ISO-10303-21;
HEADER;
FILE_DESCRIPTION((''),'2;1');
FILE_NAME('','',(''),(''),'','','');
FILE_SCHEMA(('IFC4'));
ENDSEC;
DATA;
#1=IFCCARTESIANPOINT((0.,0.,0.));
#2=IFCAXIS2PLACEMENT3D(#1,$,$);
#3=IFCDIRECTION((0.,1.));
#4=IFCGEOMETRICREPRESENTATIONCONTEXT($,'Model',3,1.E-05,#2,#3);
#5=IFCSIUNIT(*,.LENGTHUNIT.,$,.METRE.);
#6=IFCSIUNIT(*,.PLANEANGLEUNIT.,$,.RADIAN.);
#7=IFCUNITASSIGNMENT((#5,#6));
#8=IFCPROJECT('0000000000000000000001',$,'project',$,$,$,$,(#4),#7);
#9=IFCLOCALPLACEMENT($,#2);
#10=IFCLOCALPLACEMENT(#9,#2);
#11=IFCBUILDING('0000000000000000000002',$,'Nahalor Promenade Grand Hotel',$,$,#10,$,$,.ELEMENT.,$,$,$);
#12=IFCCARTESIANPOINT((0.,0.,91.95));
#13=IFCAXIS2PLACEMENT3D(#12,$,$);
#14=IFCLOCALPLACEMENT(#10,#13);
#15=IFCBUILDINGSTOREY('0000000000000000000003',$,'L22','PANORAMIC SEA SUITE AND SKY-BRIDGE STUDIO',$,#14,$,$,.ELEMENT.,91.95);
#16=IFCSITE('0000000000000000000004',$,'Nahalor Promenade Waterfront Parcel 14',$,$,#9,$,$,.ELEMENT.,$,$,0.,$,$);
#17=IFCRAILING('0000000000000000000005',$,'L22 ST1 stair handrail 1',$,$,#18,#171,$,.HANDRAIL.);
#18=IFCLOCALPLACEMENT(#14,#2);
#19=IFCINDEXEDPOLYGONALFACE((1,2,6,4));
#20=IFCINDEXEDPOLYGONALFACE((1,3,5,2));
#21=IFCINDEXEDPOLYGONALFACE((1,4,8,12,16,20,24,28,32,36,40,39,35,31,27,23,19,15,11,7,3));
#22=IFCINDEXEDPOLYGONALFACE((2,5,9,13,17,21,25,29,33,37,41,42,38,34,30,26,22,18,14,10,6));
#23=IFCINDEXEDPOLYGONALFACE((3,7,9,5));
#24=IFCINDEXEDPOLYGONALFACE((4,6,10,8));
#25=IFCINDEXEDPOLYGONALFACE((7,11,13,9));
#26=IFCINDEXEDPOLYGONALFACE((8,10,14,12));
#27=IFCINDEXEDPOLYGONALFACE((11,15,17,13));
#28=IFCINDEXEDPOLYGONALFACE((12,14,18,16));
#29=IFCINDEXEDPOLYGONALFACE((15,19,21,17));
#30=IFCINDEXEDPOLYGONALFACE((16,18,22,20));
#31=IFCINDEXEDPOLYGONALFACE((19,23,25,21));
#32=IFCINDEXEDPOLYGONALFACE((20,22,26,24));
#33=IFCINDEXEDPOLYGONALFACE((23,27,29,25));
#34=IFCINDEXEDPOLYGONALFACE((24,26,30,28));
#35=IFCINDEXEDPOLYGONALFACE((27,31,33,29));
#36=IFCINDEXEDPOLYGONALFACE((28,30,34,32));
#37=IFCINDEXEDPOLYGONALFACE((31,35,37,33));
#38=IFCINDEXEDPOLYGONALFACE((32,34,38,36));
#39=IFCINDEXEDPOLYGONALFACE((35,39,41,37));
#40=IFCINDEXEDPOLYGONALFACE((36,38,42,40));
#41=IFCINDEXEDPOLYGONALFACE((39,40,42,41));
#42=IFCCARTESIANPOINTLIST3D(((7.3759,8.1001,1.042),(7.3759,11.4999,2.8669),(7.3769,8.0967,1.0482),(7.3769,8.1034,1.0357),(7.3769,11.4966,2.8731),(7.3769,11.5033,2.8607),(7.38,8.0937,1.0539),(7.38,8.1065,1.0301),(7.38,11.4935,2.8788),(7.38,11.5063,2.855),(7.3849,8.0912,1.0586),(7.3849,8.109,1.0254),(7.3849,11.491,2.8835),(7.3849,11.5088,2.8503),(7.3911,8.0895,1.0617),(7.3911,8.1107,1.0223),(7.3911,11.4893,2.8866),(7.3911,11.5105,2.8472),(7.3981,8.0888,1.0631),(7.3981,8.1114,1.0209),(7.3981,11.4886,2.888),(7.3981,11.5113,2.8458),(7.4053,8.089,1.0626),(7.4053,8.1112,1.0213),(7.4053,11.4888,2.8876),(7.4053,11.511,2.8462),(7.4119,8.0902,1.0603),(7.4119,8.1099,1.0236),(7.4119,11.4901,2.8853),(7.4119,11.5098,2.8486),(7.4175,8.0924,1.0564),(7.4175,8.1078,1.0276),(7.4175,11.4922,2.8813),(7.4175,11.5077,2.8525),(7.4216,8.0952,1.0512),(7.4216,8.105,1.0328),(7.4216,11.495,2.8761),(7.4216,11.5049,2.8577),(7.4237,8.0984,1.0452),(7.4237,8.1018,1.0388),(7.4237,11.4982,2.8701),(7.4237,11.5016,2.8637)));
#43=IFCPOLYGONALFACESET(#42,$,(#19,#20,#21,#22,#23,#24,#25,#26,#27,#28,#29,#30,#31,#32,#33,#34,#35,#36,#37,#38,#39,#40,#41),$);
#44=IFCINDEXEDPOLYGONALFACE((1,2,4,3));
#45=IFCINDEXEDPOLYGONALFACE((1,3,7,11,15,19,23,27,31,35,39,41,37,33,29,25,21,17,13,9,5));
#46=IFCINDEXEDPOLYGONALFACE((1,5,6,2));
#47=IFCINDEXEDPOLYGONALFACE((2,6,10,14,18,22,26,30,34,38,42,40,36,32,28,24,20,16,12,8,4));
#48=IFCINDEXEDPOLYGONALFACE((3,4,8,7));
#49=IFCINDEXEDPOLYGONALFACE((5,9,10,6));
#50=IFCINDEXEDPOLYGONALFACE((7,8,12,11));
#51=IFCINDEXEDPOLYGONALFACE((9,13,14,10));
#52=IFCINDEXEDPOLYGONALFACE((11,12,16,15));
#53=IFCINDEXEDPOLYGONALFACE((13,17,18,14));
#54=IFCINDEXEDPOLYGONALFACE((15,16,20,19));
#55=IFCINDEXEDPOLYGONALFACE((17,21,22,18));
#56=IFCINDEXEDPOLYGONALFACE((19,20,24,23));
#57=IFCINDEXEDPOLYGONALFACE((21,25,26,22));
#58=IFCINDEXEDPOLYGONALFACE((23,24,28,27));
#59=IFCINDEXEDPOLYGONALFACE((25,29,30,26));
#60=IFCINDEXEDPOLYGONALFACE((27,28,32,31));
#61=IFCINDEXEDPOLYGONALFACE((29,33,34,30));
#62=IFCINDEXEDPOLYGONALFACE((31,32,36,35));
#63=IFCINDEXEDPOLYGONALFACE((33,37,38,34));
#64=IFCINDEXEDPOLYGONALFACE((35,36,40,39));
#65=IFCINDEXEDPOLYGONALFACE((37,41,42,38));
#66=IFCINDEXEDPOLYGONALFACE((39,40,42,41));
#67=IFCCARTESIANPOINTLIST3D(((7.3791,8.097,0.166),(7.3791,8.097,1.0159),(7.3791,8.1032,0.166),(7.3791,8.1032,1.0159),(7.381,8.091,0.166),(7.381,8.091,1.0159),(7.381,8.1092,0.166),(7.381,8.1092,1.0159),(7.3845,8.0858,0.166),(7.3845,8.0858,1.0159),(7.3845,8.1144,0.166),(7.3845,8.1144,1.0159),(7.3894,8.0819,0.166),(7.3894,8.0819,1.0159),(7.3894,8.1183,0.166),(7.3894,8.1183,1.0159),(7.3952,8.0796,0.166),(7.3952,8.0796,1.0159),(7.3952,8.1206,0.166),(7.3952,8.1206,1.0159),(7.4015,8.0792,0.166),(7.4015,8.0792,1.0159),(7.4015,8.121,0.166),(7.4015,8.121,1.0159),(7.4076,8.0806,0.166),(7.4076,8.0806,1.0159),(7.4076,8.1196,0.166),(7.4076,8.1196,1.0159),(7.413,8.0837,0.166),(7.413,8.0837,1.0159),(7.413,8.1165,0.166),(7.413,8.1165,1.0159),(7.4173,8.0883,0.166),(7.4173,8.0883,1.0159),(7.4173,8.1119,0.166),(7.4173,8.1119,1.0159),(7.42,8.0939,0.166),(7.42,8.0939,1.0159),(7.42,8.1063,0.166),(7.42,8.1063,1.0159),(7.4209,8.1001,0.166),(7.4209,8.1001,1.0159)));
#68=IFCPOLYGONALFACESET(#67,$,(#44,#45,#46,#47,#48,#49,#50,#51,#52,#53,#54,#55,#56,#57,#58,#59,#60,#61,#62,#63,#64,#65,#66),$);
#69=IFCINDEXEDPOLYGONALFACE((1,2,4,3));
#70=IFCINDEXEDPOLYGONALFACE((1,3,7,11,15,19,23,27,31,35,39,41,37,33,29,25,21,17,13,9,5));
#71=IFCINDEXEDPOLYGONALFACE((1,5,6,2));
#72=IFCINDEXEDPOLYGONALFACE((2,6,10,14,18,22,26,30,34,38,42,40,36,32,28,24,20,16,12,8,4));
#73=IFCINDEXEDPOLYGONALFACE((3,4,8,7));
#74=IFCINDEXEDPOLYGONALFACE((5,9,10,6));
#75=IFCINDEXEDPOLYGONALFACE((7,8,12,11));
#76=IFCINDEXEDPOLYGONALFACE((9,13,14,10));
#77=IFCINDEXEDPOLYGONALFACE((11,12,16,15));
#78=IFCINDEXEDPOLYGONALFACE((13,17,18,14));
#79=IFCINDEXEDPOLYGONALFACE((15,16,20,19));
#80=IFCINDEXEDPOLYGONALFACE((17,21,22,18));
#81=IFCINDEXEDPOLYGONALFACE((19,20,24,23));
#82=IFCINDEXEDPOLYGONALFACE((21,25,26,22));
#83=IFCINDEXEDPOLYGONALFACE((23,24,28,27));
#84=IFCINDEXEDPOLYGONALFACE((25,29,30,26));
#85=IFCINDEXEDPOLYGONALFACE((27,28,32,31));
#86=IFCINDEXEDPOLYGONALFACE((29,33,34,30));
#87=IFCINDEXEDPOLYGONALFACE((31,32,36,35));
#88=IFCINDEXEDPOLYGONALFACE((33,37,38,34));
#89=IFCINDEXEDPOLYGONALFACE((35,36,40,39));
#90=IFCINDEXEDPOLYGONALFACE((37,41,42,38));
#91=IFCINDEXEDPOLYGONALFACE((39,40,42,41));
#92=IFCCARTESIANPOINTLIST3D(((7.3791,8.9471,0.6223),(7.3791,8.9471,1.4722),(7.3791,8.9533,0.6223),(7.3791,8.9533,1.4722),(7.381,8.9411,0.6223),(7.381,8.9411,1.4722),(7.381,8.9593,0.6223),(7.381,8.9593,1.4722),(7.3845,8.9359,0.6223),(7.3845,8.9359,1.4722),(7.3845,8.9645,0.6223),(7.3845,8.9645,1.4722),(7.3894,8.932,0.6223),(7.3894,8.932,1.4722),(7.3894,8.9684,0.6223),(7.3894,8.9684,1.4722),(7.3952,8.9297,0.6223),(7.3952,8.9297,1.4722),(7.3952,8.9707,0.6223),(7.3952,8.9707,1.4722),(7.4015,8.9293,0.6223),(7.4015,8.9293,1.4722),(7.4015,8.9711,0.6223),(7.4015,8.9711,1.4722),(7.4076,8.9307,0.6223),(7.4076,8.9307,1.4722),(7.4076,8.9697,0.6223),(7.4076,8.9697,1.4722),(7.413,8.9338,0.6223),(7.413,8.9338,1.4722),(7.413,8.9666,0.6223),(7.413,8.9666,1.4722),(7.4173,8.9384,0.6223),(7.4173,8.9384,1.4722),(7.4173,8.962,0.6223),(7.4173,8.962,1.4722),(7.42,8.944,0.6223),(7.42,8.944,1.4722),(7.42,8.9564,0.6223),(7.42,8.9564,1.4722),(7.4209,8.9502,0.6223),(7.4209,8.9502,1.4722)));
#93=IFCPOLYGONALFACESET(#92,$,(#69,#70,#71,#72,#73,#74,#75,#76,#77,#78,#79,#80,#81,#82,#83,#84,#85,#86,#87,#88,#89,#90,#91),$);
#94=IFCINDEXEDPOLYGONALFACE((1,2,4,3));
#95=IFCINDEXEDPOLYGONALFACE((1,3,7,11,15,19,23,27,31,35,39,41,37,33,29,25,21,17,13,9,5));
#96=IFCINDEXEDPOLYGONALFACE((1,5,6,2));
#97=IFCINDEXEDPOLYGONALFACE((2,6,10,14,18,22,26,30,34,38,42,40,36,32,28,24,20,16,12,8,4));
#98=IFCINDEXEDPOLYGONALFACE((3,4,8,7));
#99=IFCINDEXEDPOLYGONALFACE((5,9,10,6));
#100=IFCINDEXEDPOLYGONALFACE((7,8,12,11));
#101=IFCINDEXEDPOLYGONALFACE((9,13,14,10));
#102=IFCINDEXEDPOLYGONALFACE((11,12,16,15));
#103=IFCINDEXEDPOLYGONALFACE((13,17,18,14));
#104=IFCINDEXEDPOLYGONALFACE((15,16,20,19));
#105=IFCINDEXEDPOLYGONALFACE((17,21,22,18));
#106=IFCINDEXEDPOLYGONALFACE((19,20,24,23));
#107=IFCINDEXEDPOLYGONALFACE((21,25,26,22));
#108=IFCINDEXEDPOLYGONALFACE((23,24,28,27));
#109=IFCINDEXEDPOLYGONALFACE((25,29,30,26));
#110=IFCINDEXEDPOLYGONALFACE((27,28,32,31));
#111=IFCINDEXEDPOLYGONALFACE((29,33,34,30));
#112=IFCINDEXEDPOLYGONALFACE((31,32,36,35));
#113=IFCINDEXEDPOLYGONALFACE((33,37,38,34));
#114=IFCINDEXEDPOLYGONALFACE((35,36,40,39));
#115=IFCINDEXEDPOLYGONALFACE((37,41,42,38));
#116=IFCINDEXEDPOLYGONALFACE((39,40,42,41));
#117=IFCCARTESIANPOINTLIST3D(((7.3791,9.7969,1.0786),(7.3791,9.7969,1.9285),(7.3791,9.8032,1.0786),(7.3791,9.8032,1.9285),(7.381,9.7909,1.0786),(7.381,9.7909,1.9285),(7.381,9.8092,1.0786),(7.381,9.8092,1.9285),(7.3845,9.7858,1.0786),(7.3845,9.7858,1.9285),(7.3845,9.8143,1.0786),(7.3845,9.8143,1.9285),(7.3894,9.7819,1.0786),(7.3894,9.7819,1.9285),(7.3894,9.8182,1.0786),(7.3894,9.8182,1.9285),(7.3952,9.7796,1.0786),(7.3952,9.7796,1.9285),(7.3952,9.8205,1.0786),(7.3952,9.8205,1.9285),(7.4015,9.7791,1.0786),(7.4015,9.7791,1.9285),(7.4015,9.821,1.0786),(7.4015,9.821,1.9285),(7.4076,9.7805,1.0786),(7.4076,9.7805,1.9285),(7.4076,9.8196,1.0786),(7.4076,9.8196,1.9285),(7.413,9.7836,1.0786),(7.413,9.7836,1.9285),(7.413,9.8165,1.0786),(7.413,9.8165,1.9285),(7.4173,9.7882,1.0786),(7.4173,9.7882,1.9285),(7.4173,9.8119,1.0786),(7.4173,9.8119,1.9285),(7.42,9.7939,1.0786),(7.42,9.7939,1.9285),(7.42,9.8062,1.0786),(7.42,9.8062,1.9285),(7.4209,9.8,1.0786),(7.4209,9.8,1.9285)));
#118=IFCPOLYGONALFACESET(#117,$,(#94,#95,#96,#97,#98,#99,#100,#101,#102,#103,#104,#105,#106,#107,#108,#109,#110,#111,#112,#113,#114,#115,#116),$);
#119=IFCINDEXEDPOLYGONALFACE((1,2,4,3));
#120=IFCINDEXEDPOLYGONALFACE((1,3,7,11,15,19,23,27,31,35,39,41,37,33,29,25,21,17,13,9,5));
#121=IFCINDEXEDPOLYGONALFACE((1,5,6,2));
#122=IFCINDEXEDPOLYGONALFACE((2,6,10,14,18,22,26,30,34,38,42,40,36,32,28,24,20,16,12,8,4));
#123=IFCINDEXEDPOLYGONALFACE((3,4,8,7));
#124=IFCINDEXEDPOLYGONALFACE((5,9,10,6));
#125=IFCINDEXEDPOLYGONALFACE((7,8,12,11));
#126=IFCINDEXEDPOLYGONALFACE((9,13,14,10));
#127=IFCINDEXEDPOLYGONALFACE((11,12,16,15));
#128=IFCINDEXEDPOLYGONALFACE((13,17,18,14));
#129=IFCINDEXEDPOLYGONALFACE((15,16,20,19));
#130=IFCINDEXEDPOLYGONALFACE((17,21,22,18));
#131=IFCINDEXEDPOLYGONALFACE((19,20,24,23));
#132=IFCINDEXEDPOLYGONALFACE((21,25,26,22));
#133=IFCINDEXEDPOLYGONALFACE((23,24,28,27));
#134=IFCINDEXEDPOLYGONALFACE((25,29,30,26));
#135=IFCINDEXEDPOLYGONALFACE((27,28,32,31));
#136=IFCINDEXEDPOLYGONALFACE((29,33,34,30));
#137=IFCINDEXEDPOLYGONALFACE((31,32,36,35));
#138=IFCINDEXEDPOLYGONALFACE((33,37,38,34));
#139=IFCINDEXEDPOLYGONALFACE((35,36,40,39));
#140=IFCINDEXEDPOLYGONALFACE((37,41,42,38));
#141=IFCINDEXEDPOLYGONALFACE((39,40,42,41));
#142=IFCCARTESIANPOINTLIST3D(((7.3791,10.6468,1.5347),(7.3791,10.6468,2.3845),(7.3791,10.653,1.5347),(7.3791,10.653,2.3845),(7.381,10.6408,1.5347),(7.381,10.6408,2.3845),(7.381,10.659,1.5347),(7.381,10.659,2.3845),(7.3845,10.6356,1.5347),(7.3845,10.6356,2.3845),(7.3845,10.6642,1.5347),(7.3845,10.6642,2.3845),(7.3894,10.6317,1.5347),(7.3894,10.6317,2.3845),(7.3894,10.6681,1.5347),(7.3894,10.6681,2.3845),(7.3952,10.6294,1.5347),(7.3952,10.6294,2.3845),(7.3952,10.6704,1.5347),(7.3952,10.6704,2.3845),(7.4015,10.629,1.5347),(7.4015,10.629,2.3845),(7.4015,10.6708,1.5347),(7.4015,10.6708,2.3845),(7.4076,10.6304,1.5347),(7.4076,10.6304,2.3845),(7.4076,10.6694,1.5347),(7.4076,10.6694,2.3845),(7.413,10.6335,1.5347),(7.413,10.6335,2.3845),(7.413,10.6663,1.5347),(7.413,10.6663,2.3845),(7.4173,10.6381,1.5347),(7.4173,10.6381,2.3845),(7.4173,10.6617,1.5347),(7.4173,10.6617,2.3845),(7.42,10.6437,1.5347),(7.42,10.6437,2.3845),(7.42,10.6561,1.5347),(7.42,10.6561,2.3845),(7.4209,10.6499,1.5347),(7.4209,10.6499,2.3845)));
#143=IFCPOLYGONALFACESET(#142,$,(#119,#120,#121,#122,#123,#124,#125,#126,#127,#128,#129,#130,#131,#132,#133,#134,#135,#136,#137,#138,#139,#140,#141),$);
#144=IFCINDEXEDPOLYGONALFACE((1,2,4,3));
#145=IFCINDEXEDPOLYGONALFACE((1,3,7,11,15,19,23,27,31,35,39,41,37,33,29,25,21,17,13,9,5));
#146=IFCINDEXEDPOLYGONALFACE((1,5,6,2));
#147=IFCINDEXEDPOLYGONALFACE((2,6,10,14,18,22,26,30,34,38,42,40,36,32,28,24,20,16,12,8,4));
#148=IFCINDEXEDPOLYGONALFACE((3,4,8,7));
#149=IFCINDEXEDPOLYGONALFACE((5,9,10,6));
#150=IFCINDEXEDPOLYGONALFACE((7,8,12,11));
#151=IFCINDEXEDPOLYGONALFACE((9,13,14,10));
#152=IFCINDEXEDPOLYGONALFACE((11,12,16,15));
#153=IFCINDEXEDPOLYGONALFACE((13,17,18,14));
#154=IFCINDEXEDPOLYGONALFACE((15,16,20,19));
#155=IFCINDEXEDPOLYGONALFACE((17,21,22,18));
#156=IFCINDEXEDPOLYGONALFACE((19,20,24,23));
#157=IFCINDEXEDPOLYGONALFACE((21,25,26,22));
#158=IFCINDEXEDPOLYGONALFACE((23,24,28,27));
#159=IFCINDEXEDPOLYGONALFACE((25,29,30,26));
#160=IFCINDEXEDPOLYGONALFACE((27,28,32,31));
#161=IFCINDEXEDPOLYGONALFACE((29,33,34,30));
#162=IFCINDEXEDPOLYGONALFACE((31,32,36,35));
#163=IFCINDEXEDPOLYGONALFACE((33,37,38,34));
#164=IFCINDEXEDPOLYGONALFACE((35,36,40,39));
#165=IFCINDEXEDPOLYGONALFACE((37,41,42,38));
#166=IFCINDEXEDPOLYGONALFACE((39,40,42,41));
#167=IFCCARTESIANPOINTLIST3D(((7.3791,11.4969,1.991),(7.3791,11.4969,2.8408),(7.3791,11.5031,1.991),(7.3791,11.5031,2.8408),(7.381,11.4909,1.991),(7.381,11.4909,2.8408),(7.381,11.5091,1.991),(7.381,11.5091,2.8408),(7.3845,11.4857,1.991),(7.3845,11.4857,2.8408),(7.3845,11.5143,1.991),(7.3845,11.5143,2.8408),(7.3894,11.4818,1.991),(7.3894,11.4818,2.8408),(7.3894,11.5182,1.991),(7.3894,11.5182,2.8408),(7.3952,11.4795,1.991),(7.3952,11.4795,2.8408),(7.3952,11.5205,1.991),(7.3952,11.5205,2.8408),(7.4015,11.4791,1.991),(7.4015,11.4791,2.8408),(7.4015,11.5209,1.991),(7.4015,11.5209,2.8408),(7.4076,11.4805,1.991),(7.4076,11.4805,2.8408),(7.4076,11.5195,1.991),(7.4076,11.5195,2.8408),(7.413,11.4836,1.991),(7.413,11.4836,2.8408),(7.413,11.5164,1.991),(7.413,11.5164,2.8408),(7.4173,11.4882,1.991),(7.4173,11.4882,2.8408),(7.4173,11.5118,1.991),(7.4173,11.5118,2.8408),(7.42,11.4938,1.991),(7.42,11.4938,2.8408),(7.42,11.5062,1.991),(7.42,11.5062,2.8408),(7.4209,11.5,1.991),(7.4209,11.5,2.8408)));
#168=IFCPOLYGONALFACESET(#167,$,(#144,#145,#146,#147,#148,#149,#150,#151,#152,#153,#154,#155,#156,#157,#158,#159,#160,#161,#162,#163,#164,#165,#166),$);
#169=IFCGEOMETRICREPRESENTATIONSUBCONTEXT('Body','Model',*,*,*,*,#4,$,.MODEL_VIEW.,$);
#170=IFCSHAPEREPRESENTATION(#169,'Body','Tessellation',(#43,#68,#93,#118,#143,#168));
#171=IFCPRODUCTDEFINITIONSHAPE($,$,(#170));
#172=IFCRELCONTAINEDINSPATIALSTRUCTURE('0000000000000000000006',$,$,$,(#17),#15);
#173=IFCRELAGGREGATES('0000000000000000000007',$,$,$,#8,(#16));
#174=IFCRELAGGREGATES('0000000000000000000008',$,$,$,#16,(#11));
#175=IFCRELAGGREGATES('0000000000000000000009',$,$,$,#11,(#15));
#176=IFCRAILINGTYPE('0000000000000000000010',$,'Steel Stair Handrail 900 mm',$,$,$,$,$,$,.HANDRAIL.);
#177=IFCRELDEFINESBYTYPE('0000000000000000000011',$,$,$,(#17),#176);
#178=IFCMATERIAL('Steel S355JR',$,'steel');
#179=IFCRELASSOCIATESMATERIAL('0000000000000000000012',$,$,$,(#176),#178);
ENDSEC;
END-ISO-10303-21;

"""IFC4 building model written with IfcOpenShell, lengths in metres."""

from ifc_helpers import new_model, si_unit, direction, frame, origin, origin_2d, place, context, subcontext, project, spatial, circle, extrude, material, type_object, element, save


model = new_model("IFC4")

# Units and contexts
model_context = context("Model", 3, precision=1e-05, world=origin(), true_north=direction((0.0, 1.0)))
body_context = subcontext(model_context, "Body", "Model", "MODEL_VIEW")
ifc_project = project(units=[si_unit("LENGTHUNIT", "METRE"), si_unit("PLANEANGLEUNIT", "RADIAN")], contexts=[model_context])

# Site, building, storey
site_placement = place(None, origin())
site = spatial("IfcSite", under=ifc_project, at=site_placement, Name="Nahalor Promenade Waterfront Parcel 14", CompositionType="ELEMENT", RefElevation=0.0)
building_placement = place(site_placement, origin())
building = spatial("IfcBuilding", under=site, at=building_placement, Name="Nahalor Promenade Grand Hotel", CompositionType="ELEMENT")
storey_placement = place(building_placement, frame((0.0, 0.0, 91.95)))
storey = spatial("IfcBuildingStorey", under=building, at=storey_placement, Name="L22", Description="PANORAMIC SEA SUITE AND SKY-BRIDGE STUDIO", CompositionType="ELEMENT", Elevation=91.95)

# Shared definitions
ifc_material_1 = material(Name="Steel S355JR", Category="steel")

# Railing
railing_type_1 = type_object("IfcRailingType", Name="Steel Stair Handrail 900 mm", PredefinedType="HANDRAIL", material=ifc_material_1)
railing_1_placement = place(storey_placement, frame((7.3999, 8.1001, 0.166)))
element("IfcRailing", 1, at=railing_1_placement, inside=storey, type_object=railing_type_1, Name="L22 ST1 stair handrail 1", PredefinedType="HANDRAIL", context=body_context, shape_type="SweptSolid", body=[
    extrude(circle(Radius=0.024, at=origin_2d()), frame((0.0, 0.0, 0.876), z_axis=(0.0, 0.881094, 0.472941), x_axis=(-1.0, 0.0, 0.0)), (0.0, 0.0, 1.0), 3.8586),
    extrude(circle(Radius=0.021, at=origin_2d()), origin(), (0.0, 0.0, 1.0), 0.8499),
    extrude(circle(Radius=0.021, at=origin_2d()), frame((0.0, 0.8501, 0.4563)), (0.0, 0.0, 1.0), 0.8499),
    extrude(circle(Radius=0.021, at=origin_2d()), frame((0.0, 1.7, 0.9126)), (0.0, 0.0, 1.0), 0.8499),
    extrude(circle(Radius=0.021, at=origin_2d()), frame((0.0, 2.5498, 1.3687)), (0.0, 0.0, 1.0), 0.8499),
    extrude(circle(Radius=0.021, at=origin_2d()), frame((0.0, 3.3999, 1.825)), (0.0, 0.0, 1.0), 0.8499),
])

save(model, "model.ifc")
